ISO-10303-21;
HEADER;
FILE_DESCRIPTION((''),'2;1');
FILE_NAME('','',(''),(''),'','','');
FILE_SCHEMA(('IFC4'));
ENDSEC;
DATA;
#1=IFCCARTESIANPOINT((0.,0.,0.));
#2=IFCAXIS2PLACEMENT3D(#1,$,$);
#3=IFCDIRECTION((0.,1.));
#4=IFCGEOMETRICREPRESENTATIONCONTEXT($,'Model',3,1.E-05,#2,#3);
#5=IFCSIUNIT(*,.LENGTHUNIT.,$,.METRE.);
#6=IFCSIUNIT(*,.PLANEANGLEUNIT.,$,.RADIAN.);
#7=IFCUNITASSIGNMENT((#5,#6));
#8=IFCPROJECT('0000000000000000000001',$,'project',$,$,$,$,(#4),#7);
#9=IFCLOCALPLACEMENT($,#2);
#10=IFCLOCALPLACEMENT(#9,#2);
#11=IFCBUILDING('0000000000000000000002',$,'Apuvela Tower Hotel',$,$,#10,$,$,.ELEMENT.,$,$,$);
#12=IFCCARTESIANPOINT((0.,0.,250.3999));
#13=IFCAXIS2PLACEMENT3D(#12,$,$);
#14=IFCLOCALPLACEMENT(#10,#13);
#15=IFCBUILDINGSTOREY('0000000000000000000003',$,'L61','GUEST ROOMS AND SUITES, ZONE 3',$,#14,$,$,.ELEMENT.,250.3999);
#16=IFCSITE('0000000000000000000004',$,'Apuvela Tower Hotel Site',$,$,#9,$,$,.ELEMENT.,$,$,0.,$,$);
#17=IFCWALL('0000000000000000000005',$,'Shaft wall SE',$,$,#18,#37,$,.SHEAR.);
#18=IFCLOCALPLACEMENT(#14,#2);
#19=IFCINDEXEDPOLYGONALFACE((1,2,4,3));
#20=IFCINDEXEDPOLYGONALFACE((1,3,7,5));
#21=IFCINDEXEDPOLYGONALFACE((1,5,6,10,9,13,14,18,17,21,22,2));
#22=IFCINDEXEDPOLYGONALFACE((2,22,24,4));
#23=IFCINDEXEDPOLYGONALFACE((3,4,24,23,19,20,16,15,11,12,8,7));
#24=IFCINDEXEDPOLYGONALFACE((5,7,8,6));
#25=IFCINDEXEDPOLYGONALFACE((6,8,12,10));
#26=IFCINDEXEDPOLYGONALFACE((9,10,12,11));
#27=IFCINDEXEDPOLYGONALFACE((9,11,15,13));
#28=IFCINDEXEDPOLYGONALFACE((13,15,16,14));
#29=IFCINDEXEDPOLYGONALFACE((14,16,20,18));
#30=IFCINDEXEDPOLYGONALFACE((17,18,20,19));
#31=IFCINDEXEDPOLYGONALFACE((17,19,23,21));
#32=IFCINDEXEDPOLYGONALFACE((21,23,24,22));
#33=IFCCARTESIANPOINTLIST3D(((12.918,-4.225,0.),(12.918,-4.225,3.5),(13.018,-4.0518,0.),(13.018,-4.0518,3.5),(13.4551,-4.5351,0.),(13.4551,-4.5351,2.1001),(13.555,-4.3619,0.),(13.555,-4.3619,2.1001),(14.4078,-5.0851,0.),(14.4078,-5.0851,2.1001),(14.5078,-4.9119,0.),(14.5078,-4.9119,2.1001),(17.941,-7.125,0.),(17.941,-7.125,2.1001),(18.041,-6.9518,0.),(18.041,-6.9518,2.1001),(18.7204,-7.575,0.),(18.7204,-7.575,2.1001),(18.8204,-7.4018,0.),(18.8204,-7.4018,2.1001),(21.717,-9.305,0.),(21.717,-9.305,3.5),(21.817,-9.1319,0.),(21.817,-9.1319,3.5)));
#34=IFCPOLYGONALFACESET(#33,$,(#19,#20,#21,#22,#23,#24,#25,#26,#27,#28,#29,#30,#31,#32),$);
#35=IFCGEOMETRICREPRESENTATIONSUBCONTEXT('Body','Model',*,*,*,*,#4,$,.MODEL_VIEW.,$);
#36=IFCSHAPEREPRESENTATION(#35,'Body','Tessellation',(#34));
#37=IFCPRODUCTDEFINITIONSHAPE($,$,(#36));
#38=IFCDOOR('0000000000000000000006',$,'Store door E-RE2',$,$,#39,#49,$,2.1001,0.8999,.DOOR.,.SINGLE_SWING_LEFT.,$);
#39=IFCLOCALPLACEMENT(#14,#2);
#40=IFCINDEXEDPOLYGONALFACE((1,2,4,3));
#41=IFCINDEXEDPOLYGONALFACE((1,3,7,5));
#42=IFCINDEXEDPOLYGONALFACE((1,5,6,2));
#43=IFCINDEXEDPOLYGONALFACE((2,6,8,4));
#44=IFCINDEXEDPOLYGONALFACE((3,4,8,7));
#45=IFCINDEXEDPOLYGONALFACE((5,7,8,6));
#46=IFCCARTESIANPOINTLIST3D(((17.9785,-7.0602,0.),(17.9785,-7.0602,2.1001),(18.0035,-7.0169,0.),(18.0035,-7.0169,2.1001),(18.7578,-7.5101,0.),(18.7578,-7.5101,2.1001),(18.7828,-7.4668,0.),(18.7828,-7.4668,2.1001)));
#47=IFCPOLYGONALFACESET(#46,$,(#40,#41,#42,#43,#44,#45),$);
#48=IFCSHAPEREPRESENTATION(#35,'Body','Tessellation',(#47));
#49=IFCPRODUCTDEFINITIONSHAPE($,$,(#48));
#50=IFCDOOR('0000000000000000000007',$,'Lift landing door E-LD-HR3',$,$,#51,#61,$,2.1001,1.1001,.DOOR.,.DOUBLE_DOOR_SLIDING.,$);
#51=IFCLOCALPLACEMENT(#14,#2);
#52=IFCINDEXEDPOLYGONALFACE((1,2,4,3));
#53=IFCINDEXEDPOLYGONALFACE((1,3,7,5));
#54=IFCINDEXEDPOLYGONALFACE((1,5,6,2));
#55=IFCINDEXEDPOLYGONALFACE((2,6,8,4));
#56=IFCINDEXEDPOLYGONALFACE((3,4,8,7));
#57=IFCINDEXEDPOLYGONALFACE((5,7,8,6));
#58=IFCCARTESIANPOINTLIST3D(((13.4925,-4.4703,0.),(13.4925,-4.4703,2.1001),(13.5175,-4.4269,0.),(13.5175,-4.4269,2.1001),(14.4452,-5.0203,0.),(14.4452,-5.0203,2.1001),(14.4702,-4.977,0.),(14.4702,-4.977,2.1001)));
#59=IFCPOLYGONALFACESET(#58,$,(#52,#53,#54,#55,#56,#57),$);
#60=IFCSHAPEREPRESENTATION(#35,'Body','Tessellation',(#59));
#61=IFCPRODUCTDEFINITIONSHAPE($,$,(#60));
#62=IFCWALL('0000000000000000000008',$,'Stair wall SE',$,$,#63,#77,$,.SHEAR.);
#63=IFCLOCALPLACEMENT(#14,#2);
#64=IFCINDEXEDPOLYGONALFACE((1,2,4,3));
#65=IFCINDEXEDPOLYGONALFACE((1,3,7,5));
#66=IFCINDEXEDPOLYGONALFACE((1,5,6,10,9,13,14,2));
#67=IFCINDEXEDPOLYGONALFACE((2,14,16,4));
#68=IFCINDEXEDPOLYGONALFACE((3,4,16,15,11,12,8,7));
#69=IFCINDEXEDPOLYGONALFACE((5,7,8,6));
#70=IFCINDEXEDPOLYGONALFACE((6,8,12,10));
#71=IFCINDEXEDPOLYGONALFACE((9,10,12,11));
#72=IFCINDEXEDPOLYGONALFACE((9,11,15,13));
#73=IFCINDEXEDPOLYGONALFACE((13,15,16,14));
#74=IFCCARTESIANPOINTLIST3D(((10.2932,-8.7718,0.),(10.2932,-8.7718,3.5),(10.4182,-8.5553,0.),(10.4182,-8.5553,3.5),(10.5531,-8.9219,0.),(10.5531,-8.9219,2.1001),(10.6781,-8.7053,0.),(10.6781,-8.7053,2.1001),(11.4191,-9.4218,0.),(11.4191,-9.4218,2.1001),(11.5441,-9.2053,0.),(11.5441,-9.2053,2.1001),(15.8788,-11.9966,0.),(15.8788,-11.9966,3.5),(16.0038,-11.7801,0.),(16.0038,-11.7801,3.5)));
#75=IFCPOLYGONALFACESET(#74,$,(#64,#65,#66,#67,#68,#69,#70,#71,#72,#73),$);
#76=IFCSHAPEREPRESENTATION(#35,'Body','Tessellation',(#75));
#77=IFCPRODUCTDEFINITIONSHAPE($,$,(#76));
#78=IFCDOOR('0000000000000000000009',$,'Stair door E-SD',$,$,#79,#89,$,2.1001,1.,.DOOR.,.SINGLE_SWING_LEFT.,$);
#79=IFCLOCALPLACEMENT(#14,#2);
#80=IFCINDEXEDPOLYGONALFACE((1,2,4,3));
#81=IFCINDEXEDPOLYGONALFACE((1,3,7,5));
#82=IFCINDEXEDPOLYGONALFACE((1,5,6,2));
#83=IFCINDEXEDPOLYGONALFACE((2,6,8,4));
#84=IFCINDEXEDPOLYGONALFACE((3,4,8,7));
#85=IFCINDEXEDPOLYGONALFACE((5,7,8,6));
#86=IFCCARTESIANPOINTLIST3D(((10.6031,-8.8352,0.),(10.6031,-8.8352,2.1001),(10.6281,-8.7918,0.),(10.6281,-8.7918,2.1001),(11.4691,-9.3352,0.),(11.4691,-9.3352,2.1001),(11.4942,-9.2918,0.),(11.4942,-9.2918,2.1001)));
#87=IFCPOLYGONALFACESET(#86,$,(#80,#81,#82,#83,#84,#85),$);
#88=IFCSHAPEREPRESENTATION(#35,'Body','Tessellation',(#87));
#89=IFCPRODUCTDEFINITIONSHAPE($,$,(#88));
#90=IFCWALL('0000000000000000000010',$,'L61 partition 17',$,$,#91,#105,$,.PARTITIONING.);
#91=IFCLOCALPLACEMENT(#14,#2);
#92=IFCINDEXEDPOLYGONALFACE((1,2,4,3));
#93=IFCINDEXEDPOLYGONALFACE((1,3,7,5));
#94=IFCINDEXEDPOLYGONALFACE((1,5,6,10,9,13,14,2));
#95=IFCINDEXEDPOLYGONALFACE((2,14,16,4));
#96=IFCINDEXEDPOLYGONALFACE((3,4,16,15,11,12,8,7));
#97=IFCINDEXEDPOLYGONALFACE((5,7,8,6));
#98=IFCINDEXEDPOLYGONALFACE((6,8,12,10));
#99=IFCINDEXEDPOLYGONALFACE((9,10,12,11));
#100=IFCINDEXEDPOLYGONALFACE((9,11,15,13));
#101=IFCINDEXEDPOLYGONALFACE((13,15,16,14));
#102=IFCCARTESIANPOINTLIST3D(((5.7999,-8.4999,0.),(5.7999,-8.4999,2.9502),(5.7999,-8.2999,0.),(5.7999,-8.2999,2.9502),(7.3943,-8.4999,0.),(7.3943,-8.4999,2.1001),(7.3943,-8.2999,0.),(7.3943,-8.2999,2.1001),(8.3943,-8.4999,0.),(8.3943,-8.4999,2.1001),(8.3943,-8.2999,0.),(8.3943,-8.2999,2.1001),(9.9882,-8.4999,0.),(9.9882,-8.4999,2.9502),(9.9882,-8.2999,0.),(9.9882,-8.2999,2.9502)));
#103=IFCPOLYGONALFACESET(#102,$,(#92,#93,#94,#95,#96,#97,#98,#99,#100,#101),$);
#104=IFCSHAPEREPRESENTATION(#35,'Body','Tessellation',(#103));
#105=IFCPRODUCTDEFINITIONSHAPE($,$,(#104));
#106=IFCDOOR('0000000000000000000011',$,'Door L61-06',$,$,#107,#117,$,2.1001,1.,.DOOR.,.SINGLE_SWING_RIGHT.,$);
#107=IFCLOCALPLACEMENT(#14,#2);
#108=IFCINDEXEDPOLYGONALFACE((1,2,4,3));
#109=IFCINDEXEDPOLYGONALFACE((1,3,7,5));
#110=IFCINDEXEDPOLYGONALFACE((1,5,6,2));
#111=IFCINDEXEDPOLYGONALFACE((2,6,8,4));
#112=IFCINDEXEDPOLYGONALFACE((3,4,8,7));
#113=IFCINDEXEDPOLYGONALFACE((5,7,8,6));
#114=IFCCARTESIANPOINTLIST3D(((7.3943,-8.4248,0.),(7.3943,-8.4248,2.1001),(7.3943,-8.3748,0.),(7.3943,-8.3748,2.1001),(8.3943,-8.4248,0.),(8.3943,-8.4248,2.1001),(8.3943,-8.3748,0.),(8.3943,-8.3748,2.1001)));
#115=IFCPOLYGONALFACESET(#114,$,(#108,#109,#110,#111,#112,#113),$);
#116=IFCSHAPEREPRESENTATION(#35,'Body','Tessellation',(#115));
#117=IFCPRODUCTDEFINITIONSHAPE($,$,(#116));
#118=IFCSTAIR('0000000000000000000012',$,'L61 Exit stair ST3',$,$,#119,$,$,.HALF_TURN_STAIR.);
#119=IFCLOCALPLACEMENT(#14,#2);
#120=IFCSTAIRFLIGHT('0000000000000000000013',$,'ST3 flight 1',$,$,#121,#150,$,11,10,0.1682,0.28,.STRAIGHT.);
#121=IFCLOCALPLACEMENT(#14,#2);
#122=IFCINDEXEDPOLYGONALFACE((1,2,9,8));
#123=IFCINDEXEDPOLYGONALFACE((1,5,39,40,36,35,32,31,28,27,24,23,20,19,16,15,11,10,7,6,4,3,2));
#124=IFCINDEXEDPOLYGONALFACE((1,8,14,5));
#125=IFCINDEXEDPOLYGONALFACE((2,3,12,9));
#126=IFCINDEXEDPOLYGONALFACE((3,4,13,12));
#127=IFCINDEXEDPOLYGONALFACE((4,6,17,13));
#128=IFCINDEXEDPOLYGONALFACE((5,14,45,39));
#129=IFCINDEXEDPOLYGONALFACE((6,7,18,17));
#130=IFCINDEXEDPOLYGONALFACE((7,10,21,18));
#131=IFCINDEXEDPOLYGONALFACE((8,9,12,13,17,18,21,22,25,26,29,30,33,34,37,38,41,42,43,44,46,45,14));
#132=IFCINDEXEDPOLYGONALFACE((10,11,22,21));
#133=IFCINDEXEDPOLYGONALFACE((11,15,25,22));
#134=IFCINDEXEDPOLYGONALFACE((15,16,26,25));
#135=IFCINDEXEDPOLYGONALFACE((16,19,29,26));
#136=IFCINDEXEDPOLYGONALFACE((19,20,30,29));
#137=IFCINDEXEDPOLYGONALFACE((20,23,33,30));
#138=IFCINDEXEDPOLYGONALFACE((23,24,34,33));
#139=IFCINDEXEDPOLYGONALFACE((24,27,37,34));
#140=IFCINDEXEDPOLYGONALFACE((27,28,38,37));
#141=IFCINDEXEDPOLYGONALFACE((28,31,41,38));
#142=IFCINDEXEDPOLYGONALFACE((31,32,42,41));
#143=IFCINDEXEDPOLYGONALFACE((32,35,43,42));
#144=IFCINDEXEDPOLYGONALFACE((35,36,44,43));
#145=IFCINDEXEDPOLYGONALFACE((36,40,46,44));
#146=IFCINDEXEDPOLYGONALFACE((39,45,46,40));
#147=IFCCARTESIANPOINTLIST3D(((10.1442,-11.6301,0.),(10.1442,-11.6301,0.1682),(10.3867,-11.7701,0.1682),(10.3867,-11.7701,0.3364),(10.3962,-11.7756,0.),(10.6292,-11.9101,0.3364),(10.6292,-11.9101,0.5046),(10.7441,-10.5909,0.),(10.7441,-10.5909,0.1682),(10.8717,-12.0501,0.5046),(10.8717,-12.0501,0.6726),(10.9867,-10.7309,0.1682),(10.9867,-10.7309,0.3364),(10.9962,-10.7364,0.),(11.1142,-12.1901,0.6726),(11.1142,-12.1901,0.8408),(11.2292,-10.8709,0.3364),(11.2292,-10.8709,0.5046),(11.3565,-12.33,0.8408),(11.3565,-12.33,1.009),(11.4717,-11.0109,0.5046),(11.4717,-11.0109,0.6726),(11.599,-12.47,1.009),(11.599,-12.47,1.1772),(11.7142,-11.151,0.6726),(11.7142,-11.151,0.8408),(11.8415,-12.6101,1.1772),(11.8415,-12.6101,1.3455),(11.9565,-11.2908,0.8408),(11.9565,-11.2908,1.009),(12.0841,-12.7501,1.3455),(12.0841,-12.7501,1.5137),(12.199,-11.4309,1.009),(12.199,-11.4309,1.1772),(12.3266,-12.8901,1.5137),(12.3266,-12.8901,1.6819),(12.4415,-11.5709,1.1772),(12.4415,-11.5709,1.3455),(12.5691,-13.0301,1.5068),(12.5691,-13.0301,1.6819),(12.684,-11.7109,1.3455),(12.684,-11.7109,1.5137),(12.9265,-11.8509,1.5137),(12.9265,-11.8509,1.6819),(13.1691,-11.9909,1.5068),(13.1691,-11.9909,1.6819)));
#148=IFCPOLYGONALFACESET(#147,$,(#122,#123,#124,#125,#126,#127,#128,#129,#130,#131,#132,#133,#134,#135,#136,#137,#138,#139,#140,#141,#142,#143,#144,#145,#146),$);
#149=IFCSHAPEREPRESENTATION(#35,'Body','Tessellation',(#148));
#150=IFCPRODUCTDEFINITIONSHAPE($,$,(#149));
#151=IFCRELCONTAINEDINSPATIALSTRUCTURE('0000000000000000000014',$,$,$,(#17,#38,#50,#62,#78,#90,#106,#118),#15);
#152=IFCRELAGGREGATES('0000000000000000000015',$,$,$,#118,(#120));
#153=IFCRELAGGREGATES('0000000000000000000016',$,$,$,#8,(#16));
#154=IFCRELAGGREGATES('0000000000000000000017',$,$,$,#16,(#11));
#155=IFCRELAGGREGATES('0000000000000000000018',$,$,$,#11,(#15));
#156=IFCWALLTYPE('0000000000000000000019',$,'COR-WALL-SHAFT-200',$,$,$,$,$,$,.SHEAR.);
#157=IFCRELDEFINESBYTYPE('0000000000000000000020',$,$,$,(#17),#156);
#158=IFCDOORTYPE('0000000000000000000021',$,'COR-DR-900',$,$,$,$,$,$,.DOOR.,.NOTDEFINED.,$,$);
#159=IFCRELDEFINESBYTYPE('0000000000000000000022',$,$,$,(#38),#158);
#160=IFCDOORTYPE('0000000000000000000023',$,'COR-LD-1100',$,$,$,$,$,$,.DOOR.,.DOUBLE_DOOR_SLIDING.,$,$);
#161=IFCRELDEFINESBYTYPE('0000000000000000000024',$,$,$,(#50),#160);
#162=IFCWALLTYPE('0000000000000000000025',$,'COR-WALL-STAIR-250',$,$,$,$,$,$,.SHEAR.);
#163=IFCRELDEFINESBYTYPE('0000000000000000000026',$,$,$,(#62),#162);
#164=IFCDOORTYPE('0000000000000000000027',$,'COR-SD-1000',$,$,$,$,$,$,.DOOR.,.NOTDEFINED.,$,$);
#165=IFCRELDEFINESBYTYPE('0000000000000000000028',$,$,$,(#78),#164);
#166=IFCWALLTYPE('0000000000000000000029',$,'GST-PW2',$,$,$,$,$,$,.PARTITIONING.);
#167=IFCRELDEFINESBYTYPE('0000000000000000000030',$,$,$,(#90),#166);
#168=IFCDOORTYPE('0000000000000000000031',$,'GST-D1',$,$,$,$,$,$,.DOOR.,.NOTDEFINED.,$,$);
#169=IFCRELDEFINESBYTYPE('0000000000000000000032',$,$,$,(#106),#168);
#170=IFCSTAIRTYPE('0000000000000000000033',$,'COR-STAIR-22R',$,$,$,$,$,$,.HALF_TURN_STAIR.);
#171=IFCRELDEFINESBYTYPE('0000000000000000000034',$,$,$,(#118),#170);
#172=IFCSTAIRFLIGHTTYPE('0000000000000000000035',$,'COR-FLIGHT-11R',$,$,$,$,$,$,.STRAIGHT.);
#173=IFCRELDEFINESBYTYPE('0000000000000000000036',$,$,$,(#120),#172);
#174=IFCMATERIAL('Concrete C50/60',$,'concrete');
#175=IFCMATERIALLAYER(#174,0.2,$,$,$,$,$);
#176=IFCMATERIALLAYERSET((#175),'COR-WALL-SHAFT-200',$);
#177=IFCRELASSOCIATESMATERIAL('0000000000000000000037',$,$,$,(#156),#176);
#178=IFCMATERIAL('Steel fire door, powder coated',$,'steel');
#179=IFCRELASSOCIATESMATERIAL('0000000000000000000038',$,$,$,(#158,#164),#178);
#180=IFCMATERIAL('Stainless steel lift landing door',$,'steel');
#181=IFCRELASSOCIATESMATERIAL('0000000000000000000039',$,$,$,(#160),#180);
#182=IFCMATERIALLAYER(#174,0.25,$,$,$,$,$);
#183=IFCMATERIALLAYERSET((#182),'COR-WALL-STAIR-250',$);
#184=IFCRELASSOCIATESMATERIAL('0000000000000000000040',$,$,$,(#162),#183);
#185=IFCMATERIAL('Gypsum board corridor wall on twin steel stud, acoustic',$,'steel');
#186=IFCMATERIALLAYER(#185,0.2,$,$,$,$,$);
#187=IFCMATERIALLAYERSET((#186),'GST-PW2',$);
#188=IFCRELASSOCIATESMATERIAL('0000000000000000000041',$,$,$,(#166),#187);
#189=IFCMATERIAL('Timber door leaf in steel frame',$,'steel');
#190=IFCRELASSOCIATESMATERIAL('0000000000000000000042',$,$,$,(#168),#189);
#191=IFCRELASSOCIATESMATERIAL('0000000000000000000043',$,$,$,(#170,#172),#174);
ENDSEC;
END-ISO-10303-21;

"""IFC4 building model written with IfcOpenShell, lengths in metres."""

from ifc_helpers import new_model, si_unit, direction, frame, frame_2d, origin, place, context, subcontext, project, spatial, polyline, rectangle, outline, extrude, material, layer, layer_set, type_object, element, fill, aggregate, save


model = new_model("IFC4")

# Units and contexts
model_context = context("Model", 3, precision=1e-05, world=origin(), true_north=direction((0.0, 1.0)))
body_context = subcontext(model_context, "Body", "Model", "MODEL_VIEW")
ifc_project = project(units=[si_unit("LENGTHUNIT", "METRE"), si_unit("PLANEANGLEUNIT", "RADIAN")], contexts=[model_context])

# Site, building, storey
site_placement = place(None, origin())
site = spatial("IfcSite", under=ifc_project, at=site_placement, Name="Apuvela Tower Hotel Site", CompositionType="ELEMENT", RefElevation=0.0)
building_placement = place(site_placement, origin())
building = spatial("IfcBuilding", under=site, at=building_placement, Name="Apuvela Tower Hotel", CompositionType="ELEMENT")
storey_placement = place(building_placement, frame((0.0, 0.0, 250.3999)))
storey = spatial("IfcBuildingStorey", under=building, at=storey_placement, Name="L61", Description="GUEST ROOMS AND SUITES, ZONE 3", CompositionType="ELEMENT", Elevation=250.3999)

# Shared definitions
ifc_material_1 = material(Name="Concrete C50/60", Category="concrete")
ifc_material_2 = material(Name="Steel fire door, powder coated", Category="steel")

# Shared definitions
ifc_layer_1 = layer(ifc_material_1, 0.2)
ifc_layer_set_1 = layer_set([ifc_layer_1], Name="COR-WALL-SHAFT-200")
wall_type_1 = type_object("IfcWallType", Name="COR-WALL-SHAFT-200", PredefinedType="SHEAR", material=ifc_layer_set_1)
ifc_material_3 = material(Name="Stainless steel lift landing door", Category="steel")

# Wall, openings, doors
wall_1_placement = place(storey_placement, frame((12.968, -4.1384, 0.0), z_axis=(0.0, 0.0, 1.0), x_axis=(0.866028, -0.499995, 0.0)))
wall_1 = element("IfcWall", 1, at=wall_1_placement, inside=storey, type_object=wall_type_1, Name="Shaft wall SE", PredefinedType="SHEAR", context=body_context, shape_type="SweptSolid", body=[
    extrude(rectangle(XDim=10.1602, YDim=0.2, at=frame_2d((5.0801, 0.0))), origin(), (0.0, 0.0, 1.0), 3.5),
])
opening_1_placement = place(wall_1_placement, frame((0.6201, 0.0, 0.0)))
opening_1 = element("IfcOpeningElement", 2, at=opening_1_placement, cuts=wall_1, PredefinedType="OPENING", context=body_context, shape_type="SweptSolid", body=[
    extrude(rectangle(XDim=1.1001, YDim=2.1001, at=frame_2d((0.55, 1.05))), frame((0.0, 0.1099, 0.0), z_axis=(0.0, -1.0, 0.0), x_axis=(1.0, 0.0, 0.0)), (0.0, 0.0, 1.0), 0.22),
])
opening_2_placement = place(wall_1_placement, frame((5.8, 0.0, 0.0)))
opening_2 = element("IfcOpeningElement", 3, at=opening_2_placement, cuts=wall_1, PredefinedType="OPENING", context=body_context, shape_type="SweptSolid", body=[
    extrude(rectangle(XDim=0.8999, YDim=2.1001, at=frame_2d((0.45, 1.05))), frame((0.0, 0.1099, 0.0), z_axis=(0.0, -1.0, 0.0), x_axis=(1.0, 0.0, 0.0)), (0.0, 0.0, 1.0), 0.22),
])
door_type_1 = type_object("IfcDoorType", Name="COR-DR-900", OperationType="NOTDEFINED", PredefinedType="DOOR", material=ifc_material_2)
door_1_placement = place(opening_2_placement, origin())
door_1 = element("IfcDoor", 4, at=door_1_placement, inside=storey, type_object=door_type_1, Name="Store door E-RE2", OperationType="SINGLE_SWING_LEFT", OverallHeight=2.1001, OverallWidth=0.8999, PredefinedType="DOOR", context=body_context, shape_type="SweptSolid", body=[
    extrude(rectangle(XDim=0.8999, YDim=2.1001, at=frame_2d((0.45, 1.05))), frame((0.0, 0.0249, 0.0), z_axis=(0.0, -1.0, 0.0), x_axis=(1.0, 0.0, 0.0)), (0.0, 0.0, 1.0), 0.05),
])
fill(opening_2, door_1)
door_type_2 = type_object("IfcDoorType", Name="COR-LD-1100", OperationType="DOUBLE_DOOR_SLIDING", PredefinedType="DOOR", material=ifc_material_3)
door_2_placement = place(opening_1_placement, origin())
door_2 = element("IfcDoor", 5, at=door_2_placement, inside=storey, type_object=door_type_2, Name="Lift landing door E-LD-HR3", OperationType="DOUBLE_DOOR_SLIDING", OverallHeight=2.1001, OverallWidth=1.1001, PredefinedType="DOOR", context=body_context, shape_type="SweptSolid", body=[
    extrude(rectangle(XDim=1.1001, YDim=2.1001, at=frame_2d((0.55, 1.05))), frame((0.0, 0.0249, 0.0), z_axis=(0.0, -1.0, 0.0), x_axis=(1.0, 0.0, 0.0)), (0.0, 0.0, 1.0), 0.05),
])
fill(opening_1, door_2)

# Walls, openings, doors
ifc_layer_2 = layer(ifc_material_1, 0.25)
ifc_layer_set_2 = layer_set([ifc_layer_2], Name="COR-WALL-STAIR-250")
wall_type_2 = type_object("IfcWallType", Name="COR-WALL-STAIR-250", PredefinedType="SHEAR", material=ifc_layer_set_2)
wall_2_placement = place(storey_placement, frame((10.3557, -8.6636, 0.0), z_axis=(0.0, 0.0, 1.0), x_axis=(0.866029, -0.499994, 0.0)))
wall_2 = element("IfcWall", 6, at=wall_2_placement, inside=storey, type_object=wall_type_2, Name="Stair wall SE", PredefinedType="SHEAR", context=body_context, shape_type="SweptSolid", body=[
    extrude(rectangle(XDim=6.4497, YDim=0.25, at=frame_2d((3.2249, 0.0))), origin(), (0.0, 0.0, 1.0), 3.5),
])
opening_3_placement = place(wall_2_placement, frame((0.3, 0.0, 0.0)))
opening_3 = element("IfcOpeningElement", 7, at=opening_3_placement, cuts=wall_2, PredefinedType="OPENING", context=body_context, shape_type="SweptSolid", body=[
    extrude(rectangle(XDim=1.0, YDim=2.1001, at=frame_2d((0.5, 1.05))), frame((0.0, 0.135, 0.0), z_axis=(0.0, -1.0, 0.0), x_axis=(1.0, 0.0, 0.0)), (0.0, 0.0, 1.0), 0.27),
])
door_type_3 = type_object("IfcDoorType", Name="COR-SD-1000", OperationType="NOTDEFINED", PredefinedType="DOOR", material=ifc_material_2)
door_3_placement = place(opening_3_placement, frame((1.0, 0.0, 0.0), z_axis=(0.0, 0.0, 1.0), x_axis=(-1.0, 0.0, 0.0)))
door_3 = element("IfcDoor", 8, at=door_3_placement, inside=storey, type_object=door_type_3, Name="Stair door E-SD", OperationType="SINGLE_SWING_LEFT", OverallHeight=2.1001, OverallWidth=1.0, PredefinedType="DOOR", context=body_context, shape_type="SweptSolid", body=[
    extrude(rectangle(XDim=1.0, YDim=2.1001, at=frame_2d((0.5, 1.05))), frame((0.0, 0.0249, 0.0), z_axis=(0.0, -1.0, 0.0), x_axis=(1.0, 0.0, 0.0)), (0.0, 0.0, 1.0), 0.05),
])
fill(opening_3, door_3)
ifc_material_4 = material(Name="Gypsum board corridor wall on twin steel stud, acoustic", Category="steel")
ifc_layer_3 = layer(ifc_material_4, 0.2)
ifc_layer_set_3 = layer_set([ifc_layer_3], Name="GST-PW2")
wall_type_3 = type_object("IfcWallType", Name="GST-PW2", PredefinedType="PARTITIONING", material=ifc_layer_set_3)
wall_3_placement = place(storey_placement, frame((9.9883, -8.3999, 0.0), z_axis=(0.0, 0.0, 1.0), x_axis=(-1.0, 0.0, 0.0)))
wall_3 = element("IfcWall", 9, at=wall_3_placement, inside=storey, type_object=wall_type_3, Name="L61 partition 17", PredefinedType="PARTITIONING", context=body_context, shape_type="SweptSolid", body=[
    extrude(rectangle(XDim=4.1882, YDim=0.2, at=frame_2d((2.0942, 0.0))), origin(), (0.0, 0.0, 1.0), 2.9502),
])
opening_4_placement = place(wall_3_placement, frame((1.594, 0.0, 0.0)))
opening_4 = element("IfcOpeningElement", 10, at=opening_4_placement, cuts=wall_3, PredefinedType="OPENING", context=body_context, shape_type="SweptSolid", body=[
    extrude(rectangle(XDim=1.0, YDim=2.1001, at=frame_2d((0.5, 1.05))), frame((0.0, 0.1099, 0.0), z_axis=(0.0, -1.0, 0.0), x_axis=(1.0, 0.0, 0.0)), (0.0, 0.0, 1.0), 0.22),
])
ifc_material_5 = material(Name="Timber door leaf in steel frame", Category="steel")
door_type_4 = type_object("IfcDoorType", Name="GST-D1", OperationType="NOTDEFINED", PredefinedType="DOOR", material=ifc_material_5)
door_4_placement = place(opening_4_placement, origin())
door_4 = element("IfcDoor", 11, at=door_4_placement, inside=storey, type_object=door_type_4, Name="Door L61-06", OperationType="SINGLE_SWING_RIGHT", OverallHeight=2.1001, OverallWidth=1.0, PredefinedType="DOOR", context=body_context, shape_type="SweptSolid", body=[
    extrude(rectangle(XDim=1.0, YDim=2.1001, at=frame_2d((0.5, 1.05))), frame((0.0, 0.0249, 0.0), z_axis=(0.0, -1.0, 0.0), x_axis=(1.0, 0.0, 0.0)), (0.0, 0.0, 1.0), 0.05),
])
fill(opening_4, door_4)

# Stair, stair flight
stair_type = type_object("IfcStairType", Name="COR-STAIR-22R", PredefinedType="HALF_TURN_STAIR", material=ifc_material_1)
stair_placement = place(storey_placement, origin())
stair = element("IfcStair", 12, at=stair_placement, inside=storey, type_object=stair_type, Name="L61 Exit stair ST3", PredefinedType="HALF_TURN_STAIR")
stair_flight_type = type_object("IfcStairFlightType", Name="COR-FLIGHT-11R", PredefinedType="STRAIGHT", material=ifc_material_1)
stair_flight_1_placement = place(storey_placement, frame((10.4441, -11.1106, 0.0), z_axis=(0.0, 0.0, 1.0), x_axis=(0.866025, -0.5, 0.0)))
stair_flight_1 = element("IfcStairFlight", 13, at=stair_flight_1_placement, type_object=stair_flight_type, Name="ST3 flight 1", NumberOfRisers=11, NumberOfTreads=10, PredefinedType="STRAIGHT", RiserHeight=0.1682, TreadLength=0.28, context=body_context, shape_type="SweptSolid", body=[
    extrude(outline(polyline([(0.0, 0.0), (0.0, 0.1682), (0.28, 0.1682), (0.28, 0.3364), (0.5601, 0.3364), (0.5601, 0.5046), (0.8401, 0.5046), (0.8401, 0.6726), (1.1201, 0.6726), (1.1201, 0.8408), (1.3999, 0.8408), (1.3999, 1.009), (1.6799, 1.009), (1.6799, 1.1772), (1.96, 1.1772), (1.96, 1.3455), (2.24, 1.3455), (2.24, 1.5137), (2.52, 1.5137), (2.52, 1.6819), (2.8, 1.6819), (2.8, 1.8501), (2.8, 1.5068), (0.291, 0.0), (0.0, 0.0)])), frame((0.0, 0.6001, 0.0), z_axis=(0.0, -1.0, 0.0), x_axis=(1.0, 0.0, 0.0)), (0.0, 0.0, 1.0), 1.2),
])
aggregate(stair, [stair_flight_1])

save(model, "model.ifc")
